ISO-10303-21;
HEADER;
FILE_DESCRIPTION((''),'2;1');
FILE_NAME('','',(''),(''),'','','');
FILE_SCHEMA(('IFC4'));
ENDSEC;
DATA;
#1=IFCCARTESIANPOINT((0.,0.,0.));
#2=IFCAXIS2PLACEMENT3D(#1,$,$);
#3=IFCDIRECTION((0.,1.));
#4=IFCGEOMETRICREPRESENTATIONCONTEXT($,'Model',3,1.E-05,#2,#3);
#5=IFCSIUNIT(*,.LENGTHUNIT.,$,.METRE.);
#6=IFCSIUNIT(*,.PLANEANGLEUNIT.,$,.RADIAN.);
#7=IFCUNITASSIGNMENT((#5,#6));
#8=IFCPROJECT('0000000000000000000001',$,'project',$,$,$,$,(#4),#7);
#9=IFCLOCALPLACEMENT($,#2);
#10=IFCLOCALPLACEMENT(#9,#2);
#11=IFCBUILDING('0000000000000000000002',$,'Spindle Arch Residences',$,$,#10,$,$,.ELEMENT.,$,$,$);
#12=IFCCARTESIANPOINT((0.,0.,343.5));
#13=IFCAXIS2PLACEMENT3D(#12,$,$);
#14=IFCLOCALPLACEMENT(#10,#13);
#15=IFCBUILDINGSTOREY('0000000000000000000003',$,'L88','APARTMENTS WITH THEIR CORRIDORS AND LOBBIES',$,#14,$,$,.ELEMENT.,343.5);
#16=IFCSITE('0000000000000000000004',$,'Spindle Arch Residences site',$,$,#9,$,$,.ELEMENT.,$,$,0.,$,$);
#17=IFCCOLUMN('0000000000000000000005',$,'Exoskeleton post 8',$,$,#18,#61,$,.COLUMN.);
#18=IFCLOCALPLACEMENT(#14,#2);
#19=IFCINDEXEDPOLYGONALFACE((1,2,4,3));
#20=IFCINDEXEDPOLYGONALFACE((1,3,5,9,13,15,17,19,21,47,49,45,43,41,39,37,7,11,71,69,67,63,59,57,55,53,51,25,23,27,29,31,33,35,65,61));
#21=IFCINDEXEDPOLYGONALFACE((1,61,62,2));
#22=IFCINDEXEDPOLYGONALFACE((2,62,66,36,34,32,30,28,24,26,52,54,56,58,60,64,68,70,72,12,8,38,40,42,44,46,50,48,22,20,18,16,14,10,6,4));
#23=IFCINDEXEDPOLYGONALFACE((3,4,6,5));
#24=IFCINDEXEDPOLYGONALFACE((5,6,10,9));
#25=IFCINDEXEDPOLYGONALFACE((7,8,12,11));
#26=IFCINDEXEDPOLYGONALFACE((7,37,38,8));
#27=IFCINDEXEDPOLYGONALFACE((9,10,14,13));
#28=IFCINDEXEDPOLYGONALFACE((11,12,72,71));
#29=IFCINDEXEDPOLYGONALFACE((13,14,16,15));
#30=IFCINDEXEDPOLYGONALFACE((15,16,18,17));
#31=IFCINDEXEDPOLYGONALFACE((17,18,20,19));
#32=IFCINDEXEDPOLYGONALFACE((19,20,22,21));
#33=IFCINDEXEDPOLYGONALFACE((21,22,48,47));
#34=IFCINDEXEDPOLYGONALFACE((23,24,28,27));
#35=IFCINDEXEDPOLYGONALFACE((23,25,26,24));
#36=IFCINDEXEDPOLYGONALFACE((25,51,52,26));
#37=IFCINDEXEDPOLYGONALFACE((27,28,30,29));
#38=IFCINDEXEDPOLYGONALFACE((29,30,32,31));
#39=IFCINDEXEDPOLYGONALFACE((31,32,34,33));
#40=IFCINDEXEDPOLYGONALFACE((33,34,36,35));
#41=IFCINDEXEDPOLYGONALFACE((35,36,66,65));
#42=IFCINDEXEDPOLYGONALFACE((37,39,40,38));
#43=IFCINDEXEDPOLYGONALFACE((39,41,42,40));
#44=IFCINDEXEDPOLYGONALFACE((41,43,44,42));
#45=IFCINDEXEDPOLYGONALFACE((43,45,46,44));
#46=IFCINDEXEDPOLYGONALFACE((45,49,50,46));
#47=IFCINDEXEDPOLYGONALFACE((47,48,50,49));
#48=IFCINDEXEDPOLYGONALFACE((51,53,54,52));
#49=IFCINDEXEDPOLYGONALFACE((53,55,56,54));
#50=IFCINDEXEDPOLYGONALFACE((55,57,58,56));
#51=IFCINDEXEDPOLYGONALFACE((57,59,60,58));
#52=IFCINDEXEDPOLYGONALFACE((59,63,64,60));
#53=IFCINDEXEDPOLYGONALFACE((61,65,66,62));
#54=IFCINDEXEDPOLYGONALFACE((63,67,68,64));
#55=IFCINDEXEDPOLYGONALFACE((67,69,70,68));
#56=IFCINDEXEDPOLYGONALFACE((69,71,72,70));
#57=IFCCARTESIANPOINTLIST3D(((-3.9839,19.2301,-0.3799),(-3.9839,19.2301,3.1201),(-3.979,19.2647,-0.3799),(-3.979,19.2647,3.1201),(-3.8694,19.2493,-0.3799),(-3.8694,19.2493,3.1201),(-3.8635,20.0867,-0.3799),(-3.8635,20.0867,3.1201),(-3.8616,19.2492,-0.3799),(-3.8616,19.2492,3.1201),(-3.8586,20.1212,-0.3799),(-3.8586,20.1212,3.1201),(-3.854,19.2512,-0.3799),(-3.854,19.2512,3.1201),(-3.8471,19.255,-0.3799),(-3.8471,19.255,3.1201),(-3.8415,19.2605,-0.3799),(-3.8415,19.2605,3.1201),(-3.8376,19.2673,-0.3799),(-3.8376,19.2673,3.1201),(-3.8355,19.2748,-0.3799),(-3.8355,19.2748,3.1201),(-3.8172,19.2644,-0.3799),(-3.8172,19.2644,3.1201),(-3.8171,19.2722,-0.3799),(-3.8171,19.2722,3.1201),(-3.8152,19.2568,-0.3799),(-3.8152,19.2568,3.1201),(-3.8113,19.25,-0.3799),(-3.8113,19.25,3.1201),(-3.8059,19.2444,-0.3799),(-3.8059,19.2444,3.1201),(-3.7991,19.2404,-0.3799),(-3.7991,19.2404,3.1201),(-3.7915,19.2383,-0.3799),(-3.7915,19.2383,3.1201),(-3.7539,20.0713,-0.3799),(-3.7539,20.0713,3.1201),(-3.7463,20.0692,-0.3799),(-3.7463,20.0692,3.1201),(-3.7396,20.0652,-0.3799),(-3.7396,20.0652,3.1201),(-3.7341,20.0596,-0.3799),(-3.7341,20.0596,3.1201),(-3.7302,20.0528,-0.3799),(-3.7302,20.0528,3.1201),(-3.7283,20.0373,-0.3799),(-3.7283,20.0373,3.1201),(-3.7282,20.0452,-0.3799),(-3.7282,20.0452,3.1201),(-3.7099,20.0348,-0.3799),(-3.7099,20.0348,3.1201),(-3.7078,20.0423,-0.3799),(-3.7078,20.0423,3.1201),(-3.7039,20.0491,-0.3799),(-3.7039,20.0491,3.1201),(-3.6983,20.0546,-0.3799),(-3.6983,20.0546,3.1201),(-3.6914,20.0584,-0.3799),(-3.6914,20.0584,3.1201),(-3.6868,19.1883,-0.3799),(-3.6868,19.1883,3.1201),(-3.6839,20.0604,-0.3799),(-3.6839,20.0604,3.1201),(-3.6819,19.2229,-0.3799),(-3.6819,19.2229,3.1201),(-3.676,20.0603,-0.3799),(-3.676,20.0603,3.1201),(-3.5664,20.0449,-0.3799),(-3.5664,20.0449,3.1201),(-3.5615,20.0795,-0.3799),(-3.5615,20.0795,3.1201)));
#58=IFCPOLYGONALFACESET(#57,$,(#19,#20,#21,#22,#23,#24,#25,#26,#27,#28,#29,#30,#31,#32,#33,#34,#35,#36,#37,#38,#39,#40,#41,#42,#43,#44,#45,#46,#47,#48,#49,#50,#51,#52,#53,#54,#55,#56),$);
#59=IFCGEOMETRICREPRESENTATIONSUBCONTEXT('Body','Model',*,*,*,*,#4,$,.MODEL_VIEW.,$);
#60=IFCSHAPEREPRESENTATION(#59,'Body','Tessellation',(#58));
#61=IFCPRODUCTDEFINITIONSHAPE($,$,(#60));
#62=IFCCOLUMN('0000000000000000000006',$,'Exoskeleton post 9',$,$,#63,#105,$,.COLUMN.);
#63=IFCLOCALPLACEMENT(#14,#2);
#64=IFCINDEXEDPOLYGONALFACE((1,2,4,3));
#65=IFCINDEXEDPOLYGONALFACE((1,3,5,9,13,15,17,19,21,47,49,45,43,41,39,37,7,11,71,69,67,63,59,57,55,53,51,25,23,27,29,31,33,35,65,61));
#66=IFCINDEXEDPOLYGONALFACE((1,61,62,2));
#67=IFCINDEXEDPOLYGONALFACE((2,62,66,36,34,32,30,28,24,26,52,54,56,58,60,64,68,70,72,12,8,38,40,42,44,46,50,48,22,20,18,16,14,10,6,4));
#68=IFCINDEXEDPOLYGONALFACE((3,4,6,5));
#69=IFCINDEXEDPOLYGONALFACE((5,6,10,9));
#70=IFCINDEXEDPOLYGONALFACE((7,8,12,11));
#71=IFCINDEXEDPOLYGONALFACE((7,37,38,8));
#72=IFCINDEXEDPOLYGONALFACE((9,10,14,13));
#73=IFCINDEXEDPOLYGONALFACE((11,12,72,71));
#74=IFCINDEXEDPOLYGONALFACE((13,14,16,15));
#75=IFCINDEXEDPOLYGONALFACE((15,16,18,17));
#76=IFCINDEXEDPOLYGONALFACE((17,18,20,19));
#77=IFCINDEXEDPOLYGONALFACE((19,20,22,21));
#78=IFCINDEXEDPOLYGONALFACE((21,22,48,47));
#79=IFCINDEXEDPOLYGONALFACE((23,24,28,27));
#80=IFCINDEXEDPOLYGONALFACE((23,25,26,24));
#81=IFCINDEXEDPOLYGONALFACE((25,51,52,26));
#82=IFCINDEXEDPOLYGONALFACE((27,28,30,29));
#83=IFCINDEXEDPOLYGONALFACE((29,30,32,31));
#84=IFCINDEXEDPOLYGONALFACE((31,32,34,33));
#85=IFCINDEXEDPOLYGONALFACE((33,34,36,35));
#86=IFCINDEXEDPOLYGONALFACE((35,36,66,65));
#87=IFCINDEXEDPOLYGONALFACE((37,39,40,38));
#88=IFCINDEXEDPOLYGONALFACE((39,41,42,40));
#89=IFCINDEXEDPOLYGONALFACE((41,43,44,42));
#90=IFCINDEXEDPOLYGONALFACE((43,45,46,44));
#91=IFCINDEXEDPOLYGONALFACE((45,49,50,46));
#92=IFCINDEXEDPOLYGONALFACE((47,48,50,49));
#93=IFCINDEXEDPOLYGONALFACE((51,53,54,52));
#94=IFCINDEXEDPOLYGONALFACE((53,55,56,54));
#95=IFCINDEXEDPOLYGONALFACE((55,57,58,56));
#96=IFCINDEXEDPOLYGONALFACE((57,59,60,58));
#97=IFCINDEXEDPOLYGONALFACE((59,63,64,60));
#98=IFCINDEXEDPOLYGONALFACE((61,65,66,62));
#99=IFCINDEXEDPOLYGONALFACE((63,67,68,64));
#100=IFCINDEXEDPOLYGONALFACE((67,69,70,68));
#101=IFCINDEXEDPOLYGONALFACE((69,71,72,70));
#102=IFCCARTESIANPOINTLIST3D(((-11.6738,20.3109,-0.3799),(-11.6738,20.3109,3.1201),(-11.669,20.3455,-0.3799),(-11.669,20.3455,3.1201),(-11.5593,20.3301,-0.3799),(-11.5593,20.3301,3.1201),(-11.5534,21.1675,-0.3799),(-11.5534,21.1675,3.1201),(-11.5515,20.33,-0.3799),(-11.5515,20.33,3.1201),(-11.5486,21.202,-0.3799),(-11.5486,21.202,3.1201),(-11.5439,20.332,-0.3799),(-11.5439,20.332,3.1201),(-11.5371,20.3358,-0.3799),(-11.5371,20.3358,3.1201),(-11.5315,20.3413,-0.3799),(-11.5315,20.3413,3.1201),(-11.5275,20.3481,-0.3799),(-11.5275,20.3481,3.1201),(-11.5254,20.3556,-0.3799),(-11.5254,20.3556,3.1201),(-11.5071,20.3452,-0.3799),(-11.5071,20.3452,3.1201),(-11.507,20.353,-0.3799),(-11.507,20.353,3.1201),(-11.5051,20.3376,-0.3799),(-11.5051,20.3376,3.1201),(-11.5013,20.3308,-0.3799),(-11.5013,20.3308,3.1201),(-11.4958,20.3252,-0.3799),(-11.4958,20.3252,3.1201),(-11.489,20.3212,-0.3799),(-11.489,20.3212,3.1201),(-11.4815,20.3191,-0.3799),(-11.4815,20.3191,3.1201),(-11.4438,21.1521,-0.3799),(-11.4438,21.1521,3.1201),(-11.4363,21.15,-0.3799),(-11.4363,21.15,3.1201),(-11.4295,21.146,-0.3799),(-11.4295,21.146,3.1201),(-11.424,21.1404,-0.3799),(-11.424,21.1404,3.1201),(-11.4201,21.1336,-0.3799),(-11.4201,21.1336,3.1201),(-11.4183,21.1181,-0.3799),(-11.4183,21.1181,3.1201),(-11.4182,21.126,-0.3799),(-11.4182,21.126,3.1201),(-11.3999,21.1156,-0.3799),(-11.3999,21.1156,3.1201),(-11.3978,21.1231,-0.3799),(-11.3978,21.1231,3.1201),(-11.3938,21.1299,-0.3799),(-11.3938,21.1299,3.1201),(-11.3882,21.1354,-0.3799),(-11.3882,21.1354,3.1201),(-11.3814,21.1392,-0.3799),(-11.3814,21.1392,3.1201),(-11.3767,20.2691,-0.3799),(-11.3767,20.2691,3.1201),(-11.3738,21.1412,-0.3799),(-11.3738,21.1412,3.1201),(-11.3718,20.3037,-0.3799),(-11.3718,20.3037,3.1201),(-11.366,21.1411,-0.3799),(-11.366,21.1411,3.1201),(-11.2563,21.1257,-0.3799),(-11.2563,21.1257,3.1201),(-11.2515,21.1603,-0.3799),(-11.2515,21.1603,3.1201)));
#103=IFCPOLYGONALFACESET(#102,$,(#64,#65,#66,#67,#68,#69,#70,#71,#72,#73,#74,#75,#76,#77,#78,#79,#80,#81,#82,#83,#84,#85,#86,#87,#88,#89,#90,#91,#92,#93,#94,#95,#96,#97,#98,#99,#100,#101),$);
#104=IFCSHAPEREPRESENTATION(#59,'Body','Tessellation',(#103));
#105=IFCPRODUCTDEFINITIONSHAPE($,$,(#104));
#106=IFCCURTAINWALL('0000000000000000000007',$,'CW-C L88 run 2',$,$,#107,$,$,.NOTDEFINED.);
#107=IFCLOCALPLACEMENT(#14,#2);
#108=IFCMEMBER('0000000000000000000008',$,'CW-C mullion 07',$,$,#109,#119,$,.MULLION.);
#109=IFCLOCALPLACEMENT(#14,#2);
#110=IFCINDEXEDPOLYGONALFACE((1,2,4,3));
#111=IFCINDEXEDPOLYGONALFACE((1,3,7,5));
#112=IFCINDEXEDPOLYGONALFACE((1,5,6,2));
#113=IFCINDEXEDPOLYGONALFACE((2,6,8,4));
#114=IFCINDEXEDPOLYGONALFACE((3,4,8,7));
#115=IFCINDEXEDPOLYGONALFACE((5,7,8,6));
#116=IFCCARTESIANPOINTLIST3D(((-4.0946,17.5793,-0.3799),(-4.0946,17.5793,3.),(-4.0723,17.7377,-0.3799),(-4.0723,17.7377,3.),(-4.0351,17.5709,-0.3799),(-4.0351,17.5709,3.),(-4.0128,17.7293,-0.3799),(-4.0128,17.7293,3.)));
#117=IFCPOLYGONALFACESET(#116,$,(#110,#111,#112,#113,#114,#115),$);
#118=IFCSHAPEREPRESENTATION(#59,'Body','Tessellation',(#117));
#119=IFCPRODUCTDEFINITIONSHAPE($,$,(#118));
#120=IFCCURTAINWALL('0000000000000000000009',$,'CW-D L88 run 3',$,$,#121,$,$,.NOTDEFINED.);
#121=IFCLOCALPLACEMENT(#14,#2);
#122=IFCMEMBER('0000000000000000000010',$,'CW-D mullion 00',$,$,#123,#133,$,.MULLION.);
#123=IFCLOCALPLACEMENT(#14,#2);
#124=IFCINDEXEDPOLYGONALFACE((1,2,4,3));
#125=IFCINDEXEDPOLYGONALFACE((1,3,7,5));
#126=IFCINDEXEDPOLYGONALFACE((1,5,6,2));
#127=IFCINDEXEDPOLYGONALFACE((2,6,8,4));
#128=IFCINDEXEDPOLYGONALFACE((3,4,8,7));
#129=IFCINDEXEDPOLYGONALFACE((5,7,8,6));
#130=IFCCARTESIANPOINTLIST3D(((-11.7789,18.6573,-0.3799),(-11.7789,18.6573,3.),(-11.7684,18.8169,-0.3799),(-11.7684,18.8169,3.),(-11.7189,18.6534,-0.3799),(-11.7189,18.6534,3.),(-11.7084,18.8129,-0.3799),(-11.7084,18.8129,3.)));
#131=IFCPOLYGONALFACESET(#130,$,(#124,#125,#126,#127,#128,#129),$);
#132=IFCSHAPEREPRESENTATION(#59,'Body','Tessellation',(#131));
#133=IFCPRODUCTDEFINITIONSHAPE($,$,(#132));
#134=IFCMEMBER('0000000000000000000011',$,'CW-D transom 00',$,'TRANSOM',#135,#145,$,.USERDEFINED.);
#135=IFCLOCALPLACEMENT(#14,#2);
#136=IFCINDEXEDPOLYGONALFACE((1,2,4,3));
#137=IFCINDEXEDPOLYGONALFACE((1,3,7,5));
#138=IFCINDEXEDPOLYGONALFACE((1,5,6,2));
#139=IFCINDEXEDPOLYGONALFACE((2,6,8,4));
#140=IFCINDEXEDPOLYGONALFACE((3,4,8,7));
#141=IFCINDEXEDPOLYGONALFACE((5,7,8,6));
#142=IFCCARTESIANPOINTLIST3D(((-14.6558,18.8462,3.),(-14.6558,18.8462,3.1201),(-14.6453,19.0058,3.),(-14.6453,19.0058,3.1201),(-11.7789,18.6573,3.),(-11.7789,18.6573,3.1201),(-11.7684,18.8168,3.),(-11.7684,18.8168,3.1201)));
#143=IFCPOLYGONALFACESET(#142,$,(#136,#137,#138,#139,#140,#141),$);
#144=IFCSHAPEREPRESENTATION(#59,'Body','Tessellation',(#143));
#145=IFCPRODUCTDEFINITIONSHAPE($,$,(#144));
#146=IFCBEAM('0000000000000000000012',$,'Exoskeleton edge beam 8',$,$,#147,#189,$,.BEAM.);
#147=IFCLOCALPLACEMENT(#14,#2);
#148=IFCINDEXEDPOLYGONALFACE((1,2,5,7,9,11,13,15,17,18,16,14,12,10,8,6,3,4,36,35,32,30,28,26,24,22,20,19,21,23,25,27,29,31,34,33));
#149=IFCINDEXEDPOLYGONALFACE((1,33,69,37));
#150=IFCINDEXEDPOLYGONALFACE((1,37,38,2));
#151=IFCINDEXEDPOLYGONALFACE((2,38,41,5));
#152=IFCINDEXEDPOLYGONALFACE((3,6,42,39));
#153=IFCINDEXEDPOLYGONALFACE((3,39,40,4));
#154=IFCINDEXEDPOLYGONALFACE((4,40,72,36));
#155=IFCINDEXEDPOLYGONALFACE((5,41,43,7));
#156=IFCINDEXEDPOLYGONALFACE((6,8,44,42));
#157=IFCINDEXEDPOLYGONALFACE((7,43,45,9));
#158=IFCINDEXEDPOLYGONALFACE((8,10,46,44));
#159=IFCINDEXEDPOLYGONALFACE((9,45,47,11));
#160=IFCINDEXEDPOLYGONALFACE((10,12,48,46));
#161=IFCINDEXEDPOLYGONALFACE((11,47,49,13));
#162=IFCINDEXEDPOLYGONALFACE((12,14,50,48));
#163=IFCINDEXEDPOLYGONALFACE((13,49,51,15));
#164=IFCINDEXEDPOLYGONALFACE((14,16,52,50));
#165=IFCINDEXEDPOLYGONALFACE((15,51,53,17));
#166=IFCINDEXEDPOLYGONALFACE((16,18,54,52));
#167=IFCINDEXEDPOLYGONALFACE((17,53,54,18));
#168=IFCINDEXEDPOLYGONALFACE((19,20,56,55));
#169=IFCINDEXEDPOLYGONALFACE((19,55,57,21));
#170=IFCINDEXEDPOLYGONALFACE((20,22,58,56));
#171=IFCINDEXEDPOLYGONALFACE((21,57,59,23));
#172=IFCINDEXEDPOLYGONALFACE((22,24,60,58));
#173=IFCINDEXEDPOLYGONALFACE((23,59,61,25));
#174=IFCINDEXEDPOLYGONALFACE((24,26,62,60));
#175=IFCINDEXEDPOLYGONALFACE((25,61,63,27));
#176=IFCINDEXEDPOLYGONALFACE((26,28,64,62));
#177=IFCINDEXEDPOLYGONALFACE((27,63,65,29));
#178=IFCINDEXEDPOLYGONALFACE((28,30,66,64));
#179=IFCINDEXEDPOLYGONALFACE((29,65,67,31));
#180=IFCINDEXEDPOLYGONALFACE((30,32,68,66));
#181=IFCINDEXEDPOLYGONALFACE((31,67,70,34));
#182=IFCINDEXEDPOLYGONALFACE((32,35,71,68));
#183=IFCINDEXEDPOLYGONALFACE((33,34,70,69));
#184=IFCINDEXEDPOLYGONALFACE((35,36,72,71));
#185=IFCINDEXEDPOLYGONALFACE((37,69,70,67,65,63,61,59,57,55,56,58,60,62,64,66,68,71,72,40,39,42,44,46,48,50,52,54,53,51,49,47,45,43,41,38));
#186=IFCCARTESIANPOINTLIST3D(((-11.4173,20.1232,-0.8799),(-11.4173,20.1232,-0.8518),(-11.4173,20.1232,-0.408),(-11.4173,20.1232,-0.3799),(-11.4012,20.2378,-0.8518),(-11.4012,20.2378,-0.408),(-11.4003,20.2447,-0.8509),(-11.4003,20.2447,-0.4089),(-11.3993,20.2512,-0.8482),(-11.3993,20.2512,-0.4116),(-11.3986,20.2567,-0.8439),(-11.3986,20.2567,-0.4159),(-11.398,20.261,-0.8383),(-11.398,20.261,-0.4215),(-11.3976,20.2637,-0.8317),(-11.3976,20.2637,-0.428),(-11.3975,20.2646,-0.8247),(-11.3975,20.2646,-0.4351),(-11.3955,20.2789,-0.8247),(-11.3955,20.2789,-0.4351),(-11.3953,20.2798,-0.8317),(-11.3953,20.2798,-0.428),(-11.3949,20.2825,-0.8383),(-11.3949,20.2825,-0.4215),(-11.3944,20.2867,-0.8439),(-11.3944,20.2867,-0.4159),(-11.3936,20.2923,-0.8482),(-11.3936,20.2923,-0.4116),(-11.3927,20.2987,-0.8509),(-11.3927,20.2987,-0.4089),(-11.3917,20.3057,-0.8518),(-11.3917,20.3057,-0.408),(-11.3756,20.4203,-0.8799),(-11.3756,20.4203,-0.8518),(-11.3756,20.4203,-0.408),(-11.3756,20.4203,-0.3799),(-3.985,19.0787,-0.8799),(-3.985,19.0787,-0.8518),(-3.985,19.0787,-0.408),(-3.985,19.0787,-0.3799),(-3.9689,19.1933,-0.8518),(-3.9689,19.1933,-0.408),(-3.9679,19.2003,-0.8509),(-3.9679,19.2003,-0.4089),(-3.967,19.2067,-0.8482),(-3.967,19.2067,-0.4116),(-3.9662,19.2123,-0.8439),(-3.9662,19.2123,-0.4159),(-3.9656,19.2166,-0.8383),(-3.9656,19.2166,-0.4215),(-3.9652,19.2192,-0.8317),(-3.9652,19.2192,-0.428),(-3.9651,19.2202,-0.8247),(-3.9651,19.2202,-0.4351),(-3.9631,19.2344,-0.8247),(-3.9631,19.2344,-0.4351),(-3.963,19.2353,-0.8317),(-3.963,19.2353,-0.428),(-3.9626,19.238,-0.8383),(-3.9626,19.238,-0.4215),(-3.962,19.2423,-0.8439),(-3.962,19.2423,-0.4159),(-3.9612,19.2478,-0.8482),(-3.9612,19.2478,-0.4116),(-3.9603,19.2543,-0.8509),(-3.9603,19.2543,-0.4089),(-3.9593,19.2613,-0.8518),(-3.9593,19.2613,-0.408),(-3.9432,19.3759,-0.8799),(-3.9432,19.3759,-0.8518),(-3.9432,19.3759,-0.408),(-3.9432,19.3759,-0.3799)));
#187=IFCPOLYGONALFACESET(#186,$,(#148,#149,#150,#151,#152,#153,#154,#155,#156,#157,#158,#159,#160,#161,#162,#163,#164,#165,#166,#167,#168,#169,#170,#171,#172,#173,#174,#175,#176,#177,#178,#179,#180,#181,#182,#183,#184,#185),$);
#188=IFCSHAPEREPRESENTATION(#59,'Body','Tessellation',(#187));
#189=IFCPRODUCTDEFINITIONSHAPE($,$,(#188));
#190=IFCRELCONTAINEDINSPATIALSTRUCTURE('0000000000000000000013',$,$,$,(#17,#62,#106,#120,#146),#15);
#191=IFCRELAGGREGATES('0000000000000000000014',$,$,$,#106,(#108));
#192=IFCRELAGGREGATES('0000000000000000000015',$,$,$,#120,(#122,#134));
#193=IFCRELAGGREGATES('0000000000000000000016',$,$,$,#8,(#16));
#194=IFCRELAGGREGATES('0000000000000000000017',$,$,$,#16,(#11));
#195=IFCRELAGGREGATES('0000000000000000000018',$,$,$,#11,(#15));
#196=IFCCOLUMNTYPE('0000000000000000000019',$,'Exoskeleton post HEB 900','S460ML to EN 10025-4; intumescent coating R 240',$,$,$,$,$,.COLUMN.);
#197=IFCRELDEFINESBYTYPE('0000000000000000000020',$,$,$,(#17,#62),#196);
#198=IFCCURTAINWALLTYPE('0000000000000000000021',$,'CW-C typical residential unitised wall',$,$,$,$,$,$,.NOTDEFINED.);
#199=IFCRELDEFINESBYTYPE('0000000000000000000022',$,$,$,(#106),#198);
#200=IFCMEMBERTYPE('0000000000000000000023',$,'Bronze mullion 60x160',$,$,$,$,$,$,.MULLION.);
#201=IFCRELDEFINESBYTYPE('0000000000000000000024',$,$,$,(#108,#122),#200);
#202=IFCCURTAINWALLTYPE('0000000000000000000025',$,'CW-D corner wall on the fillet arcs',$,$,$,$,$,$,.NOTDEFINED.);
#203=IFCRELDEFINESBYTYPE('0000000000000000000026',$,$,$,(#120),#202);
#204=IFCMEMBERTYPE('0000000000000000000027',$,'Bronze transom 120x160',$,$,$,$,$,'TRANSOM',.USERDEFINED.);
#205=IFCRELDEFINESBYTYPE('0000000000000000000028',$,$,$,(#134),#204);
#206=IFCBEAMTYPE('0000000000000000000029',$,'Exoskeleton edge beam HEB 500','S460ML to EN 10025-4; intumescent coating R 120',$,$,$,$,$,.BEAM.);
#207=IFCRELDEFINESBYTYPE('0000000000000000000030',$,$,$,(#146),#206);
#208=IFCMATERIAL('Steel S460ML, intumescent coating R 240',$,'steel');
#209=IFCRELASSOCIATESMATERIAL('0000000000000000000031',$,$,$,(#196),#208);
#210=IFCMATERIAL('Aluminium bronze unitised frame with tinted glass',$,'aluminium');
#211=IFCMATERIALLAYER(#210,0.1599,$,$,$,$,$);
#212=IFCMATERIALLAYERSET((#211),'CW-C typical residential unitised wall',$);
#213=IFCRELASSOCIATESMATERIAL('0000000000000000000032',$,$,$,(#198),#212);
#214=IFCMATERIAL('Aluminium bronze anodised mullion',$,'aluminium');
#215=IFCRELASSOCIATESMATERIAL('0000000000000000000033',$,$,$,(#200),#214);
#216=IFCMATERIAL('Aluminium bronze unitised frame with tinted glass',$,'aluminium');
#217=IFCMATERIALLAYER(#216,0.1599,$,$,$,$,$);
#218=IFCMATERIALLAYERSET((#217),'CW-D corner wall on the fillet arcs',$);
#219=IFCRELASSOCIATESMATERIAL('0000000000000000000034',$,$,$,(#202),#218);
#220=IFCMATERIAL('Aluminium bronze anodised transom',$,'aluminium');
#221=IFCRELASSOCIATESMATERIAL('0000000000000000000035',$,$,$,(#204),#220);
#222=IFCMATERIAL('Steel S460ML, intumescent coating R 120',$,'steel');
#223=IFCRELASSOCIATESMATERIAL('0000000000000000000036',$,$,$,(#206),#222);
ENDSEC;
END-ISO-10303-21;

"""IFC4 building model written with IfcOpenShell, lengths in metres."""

from ifc_helpers import new_model, si_unit, direction, frame, origin, origin_2d, place, context, subcontext, project, spatial, rectangle, i_section, extrude, material, layer, layer_set, material_profile, profile_set, type_object, element, aggregate, save


model = new_model("IFC4")

# Units and contexts
model_context = context("Model", 3, precision=1e-05, world=origin(), true_north=direction((0.0, 1.0)))
body_context = subcontext(model_context, "Body", "Model", "MODEL_VIEW")
ifc_project = project(units=[si_unit("LENGTHUNIT", "METRE"), si_unit("PLANEANGLEUNIT", "RADIAN")], contexts=[model_context])

# Site, building, storey
site_placement = place(None, origin())
site = spatial("IfcSite", under=ifc_project, at=site_placement, Name="Spindle Arch Residences site", CompositionType="ELEMENT", RefElevation=0.0)
building_placement = place(site_placement, origin())
building = spatial("IfcBuilding", under=site, at=building_placement, Name="Spindle Arch Residences", CompositionType="ELEMENT")
storey_placement = place(building_placement, frame((0.0, 0.0, 343.5)))
storey = spatial("IfcBuildingStorey", under=building, at=storey_placement, Name="L88", Description="APARTMENTS WITH THEIR CORRIDORS AND LOBBIES", CompositionType="ELEMENT", Elevation=343.5)

# Columns
ifc_material_1 = material(Name="Steel S460ML, intumescent coating R 240", Category="steel")
ifc_material_profile_1 = material_profile(ifc_material_1, i_section(OverallWidth=0.3, OverallDepth=0.8999, WebThickness=0.0186, FlangeThickness=0.0349, FilletRadius=0.03, at=origin_2d()), Name="HEB 900")
ifc_profile_set_1 = profile_set([ifc_material_profile_1], Name="Steel S460ML, intumescent coating R 240")
column_type = type_object("IfcColumnType", Name="Exoskeleton post HEB 900", Description="S460ML to EN 10025-4; intumescent coating R 240", PredefinedType="COLUMN", material=ifc_profile_set_1)
for number, where, z_axis, x_axis, name in (
    (1, (-3.7727, 19.6548, -0.3799), (0.0, 0.0, 1.0), (0.990268, -0.139173, 0.0), "Exoskeleton post 8"),
    (2, (-11.4626, 20.7356, -0.3799), (0.0, 0.0, 1.0), (0.990268, -0.139173, 0.0), "Exoskeleton post 9"),
):
    element("IfcColumn", number, at=place(storey_placement, frame(where, z_axis=z_axis, x_axis=x_axis)), inside=storey, type_object=column_type, Name=name, PredefinedType="COLUMN", context=body_context, shape_type="SweptSolid", body=[
        extrude(i_section(OverallWidth=0.3, OverallDepth=0.8999, WebThickness=0.0186, FlangeThickness=0.0349, FilletRadius=0.03, at=origin_2d()), origin(), (0.0, 0.0, 1.0), 3.5),
    ])

# Curtain wall, member
ifc_material_2 = material(Name="Aluminium bronze unitised frame with tinted glass", Category="aluminium")
ifc_layer_1 = layer(ifc_material_2, 0.1599)
ifc_layer_set_1 = layer_set([ifc_layer_1], Name="CW-C typical residential unitised wall")
curtain_wall_type_1 = type_object("IfcCurtainWallType", Name="CW-C typical residential unitised wall", PredefinedType="NOTDEFINED", material=ifc_layer_set_1)
curtain_wall_1_placement = place(storey_placement, origin())
curtain_wall_1 = element("IfcCurtainWall", 3, at=curtain_wall_1_placement, inside=storey, type_object=curtain_wall_type_1, Name="CW-C L88 run 2", PredefinedType="NOTDEFINED")
ifc_material_3 = material(Name="Aluminium bronze anodised mullion", Category="aluminium")
ifc_material_profile_2 = material_profile(ifc_material_3, rectangle(XDim=0.1599, YDim=0.0601, at=origin_2d()), Name="MU 60x160")
ifc_profile_set_2 = profile_set([ifc_material_profile_2], Name="Aluminium bronze anodised mullion")
member_type_1 = type_object("IfcMemberType", Name="Bronze mullion 60x160", PredefinedType="MULLION", material=ifc_profile_set_2)
member_1_placement = place(storey_placement, frame((-4.0537, 17.6543, -0.3799), z_axis=(0.0, 0.0, 1.0), x_axis=(-0.139173, -0.990268, 0.0)))
member_1 = element("IfcMember", 4, at=member_1_placement, type_object=member_type_1, Name="CW-C mullion 07", PredefinedType="MULLION", context=body_context, shape_type="SweptSolid", body=[
    extrude(rectangle(XDim=0.1599, YDim=0.0601, at=origin_2d()), origin(), (0.0, 0.0, 1.0), 3.3799),
])

# Curtain wall, members
ifc_material_4 = material(Name="Aluminium bronze unitised frame with tinted glass", Category="aluminium")
ifc_layer_2 = layer(ifc_material_4, 0.1599)
ifc_layer_set_2 = layer_set([ifc_layer_2], Name="CW-D corner wall on the fillet arcs")
curtain_wall_type_2 = type_object("IfcCurtainWallType", Name="CW-D corner wall on the fillet arcs", PredefinedType="NOTDEFINED", material=ifc_layer_set_2)
curtain_wall_2_placement = place(storey_placement, origin())
curtain_wall_2 = element("IfcCurtainWall", 5, at=curtain_wall_2_placement, inside=storey, type_object=curtain_wall_type_2, Name="CW-D L88 run 3", PredefinedType="NOTDEFINED")
member_2_placement = place(storey_placement, frame((-11.7437, 18.7351, -0.3799), z_axis=(0.0, 0.0, 1.0), x_axis=(-0.06551, -0.997852, 0.0)))
member_2 = element("IfcMember", 6, at=member_2_placement, type_object=member_type_1, Name="CW-D mullion 00", PredefinedType="MULLION", context=body_context, shape_type="SweptSolid", body=[
    extrude(rectangle(XDim=0.1599, YDim=0.0601, at=origin_2d()), origin(), (0.0, 0.0, 1.0), 3.3799),
])
ifc_material_5 = material(Name="Aluminium bronze anodised transom", Category="aluminium")
ifc_material_profile_3 = material_profile(ifc_material_5, rectangle(XDim=0.1599, YDim=0.1201, at=origin_2d()), Name="TR 120x160")
ifc_profile_set_3 = profile_set([ifc_material_profile_3], Name="Aluminium bronze anodised transom")
member_type_2 = type_object("IfcMemberType", Name="Bronze transom 120x160", ElementType="TRANSOM", PredefinedType="USERDEFINED", material=ifc_profile_set_3)
member_3_placement = place(storey_placement, frame((-11.7737, 18.7371, 3.0601), z_axis=(-0.99785, 0.065541, 0.0), x_axis=(-0.065541, -0.99785, 0.0)))
member_3 = element("IfcMember", 7, at=member_3_placement, type_object=member_type_2, Name="CW-D transom 00", ObjectType="TRANSOM", PredefinedType="USERDEFINED", context=body_context, shape_type="SweptSolid", body=[
    extrude(rectangle(XDim=0.1599, YDim=0.1201, at=origin_2d()), origin(), (0.0, 0.0, 1.0), 2.8831),
])

# Beam
ifc_material_6 = material(Name="Steel S460ML, intumescent coating R 120", Category="steel")
ifc_material_profile_4 = material_profile(ifc_material_6, i_section(OverallWidth=0.3, OverallDepth=0.5, WebThickness=0.0144, FlangeThickness=0.0281, FilletRadius=0.0271, at=origin_2d()), Name="HEB 500")
ifc_profile_set_4 = profile_set([ifc_material_profile_4], Name="Steel S460ML, intumescent coating R 120")
beam_type_1 = type_object("IfcBeamType", Name="Exoskeleton edge beam HEB 500", Description="S460ML to EN 10025-4; intumescent coating R 120", PredefinedType="BEAM", material=ifc_profile_set_4)
beam_1_placement = place(storey_placement, frame((-3.9641, 19.2273, -0.6299), z_axis=(-0.99027, 0.139158, 0.0), x_axis=(-0.139158, -0.99027, 0.0)))
element("IfcBeam", 8, at=beam_1_placement, inside=storey, type_object=beam_type_1, Name="Exoskeleton edge beam 8", PredefinedType="BEAM", context=body_context, shape_type="SweptSolid", body=[
    extrude(i_section(OverallWidth=0.3, OverallDepth=0.5, WebThickness=0.0144, FlangeThickness=0.0281, FilletRadius=0.0271, at=origin_2d()), origin(), (0.0, 0.0, 1.0), 7.5054),
])

aggregate(curtain_wall_1, [member_1])
aggregate(curtain_wall_2, [member_2, member_3])

save(model, "model.ifc")
